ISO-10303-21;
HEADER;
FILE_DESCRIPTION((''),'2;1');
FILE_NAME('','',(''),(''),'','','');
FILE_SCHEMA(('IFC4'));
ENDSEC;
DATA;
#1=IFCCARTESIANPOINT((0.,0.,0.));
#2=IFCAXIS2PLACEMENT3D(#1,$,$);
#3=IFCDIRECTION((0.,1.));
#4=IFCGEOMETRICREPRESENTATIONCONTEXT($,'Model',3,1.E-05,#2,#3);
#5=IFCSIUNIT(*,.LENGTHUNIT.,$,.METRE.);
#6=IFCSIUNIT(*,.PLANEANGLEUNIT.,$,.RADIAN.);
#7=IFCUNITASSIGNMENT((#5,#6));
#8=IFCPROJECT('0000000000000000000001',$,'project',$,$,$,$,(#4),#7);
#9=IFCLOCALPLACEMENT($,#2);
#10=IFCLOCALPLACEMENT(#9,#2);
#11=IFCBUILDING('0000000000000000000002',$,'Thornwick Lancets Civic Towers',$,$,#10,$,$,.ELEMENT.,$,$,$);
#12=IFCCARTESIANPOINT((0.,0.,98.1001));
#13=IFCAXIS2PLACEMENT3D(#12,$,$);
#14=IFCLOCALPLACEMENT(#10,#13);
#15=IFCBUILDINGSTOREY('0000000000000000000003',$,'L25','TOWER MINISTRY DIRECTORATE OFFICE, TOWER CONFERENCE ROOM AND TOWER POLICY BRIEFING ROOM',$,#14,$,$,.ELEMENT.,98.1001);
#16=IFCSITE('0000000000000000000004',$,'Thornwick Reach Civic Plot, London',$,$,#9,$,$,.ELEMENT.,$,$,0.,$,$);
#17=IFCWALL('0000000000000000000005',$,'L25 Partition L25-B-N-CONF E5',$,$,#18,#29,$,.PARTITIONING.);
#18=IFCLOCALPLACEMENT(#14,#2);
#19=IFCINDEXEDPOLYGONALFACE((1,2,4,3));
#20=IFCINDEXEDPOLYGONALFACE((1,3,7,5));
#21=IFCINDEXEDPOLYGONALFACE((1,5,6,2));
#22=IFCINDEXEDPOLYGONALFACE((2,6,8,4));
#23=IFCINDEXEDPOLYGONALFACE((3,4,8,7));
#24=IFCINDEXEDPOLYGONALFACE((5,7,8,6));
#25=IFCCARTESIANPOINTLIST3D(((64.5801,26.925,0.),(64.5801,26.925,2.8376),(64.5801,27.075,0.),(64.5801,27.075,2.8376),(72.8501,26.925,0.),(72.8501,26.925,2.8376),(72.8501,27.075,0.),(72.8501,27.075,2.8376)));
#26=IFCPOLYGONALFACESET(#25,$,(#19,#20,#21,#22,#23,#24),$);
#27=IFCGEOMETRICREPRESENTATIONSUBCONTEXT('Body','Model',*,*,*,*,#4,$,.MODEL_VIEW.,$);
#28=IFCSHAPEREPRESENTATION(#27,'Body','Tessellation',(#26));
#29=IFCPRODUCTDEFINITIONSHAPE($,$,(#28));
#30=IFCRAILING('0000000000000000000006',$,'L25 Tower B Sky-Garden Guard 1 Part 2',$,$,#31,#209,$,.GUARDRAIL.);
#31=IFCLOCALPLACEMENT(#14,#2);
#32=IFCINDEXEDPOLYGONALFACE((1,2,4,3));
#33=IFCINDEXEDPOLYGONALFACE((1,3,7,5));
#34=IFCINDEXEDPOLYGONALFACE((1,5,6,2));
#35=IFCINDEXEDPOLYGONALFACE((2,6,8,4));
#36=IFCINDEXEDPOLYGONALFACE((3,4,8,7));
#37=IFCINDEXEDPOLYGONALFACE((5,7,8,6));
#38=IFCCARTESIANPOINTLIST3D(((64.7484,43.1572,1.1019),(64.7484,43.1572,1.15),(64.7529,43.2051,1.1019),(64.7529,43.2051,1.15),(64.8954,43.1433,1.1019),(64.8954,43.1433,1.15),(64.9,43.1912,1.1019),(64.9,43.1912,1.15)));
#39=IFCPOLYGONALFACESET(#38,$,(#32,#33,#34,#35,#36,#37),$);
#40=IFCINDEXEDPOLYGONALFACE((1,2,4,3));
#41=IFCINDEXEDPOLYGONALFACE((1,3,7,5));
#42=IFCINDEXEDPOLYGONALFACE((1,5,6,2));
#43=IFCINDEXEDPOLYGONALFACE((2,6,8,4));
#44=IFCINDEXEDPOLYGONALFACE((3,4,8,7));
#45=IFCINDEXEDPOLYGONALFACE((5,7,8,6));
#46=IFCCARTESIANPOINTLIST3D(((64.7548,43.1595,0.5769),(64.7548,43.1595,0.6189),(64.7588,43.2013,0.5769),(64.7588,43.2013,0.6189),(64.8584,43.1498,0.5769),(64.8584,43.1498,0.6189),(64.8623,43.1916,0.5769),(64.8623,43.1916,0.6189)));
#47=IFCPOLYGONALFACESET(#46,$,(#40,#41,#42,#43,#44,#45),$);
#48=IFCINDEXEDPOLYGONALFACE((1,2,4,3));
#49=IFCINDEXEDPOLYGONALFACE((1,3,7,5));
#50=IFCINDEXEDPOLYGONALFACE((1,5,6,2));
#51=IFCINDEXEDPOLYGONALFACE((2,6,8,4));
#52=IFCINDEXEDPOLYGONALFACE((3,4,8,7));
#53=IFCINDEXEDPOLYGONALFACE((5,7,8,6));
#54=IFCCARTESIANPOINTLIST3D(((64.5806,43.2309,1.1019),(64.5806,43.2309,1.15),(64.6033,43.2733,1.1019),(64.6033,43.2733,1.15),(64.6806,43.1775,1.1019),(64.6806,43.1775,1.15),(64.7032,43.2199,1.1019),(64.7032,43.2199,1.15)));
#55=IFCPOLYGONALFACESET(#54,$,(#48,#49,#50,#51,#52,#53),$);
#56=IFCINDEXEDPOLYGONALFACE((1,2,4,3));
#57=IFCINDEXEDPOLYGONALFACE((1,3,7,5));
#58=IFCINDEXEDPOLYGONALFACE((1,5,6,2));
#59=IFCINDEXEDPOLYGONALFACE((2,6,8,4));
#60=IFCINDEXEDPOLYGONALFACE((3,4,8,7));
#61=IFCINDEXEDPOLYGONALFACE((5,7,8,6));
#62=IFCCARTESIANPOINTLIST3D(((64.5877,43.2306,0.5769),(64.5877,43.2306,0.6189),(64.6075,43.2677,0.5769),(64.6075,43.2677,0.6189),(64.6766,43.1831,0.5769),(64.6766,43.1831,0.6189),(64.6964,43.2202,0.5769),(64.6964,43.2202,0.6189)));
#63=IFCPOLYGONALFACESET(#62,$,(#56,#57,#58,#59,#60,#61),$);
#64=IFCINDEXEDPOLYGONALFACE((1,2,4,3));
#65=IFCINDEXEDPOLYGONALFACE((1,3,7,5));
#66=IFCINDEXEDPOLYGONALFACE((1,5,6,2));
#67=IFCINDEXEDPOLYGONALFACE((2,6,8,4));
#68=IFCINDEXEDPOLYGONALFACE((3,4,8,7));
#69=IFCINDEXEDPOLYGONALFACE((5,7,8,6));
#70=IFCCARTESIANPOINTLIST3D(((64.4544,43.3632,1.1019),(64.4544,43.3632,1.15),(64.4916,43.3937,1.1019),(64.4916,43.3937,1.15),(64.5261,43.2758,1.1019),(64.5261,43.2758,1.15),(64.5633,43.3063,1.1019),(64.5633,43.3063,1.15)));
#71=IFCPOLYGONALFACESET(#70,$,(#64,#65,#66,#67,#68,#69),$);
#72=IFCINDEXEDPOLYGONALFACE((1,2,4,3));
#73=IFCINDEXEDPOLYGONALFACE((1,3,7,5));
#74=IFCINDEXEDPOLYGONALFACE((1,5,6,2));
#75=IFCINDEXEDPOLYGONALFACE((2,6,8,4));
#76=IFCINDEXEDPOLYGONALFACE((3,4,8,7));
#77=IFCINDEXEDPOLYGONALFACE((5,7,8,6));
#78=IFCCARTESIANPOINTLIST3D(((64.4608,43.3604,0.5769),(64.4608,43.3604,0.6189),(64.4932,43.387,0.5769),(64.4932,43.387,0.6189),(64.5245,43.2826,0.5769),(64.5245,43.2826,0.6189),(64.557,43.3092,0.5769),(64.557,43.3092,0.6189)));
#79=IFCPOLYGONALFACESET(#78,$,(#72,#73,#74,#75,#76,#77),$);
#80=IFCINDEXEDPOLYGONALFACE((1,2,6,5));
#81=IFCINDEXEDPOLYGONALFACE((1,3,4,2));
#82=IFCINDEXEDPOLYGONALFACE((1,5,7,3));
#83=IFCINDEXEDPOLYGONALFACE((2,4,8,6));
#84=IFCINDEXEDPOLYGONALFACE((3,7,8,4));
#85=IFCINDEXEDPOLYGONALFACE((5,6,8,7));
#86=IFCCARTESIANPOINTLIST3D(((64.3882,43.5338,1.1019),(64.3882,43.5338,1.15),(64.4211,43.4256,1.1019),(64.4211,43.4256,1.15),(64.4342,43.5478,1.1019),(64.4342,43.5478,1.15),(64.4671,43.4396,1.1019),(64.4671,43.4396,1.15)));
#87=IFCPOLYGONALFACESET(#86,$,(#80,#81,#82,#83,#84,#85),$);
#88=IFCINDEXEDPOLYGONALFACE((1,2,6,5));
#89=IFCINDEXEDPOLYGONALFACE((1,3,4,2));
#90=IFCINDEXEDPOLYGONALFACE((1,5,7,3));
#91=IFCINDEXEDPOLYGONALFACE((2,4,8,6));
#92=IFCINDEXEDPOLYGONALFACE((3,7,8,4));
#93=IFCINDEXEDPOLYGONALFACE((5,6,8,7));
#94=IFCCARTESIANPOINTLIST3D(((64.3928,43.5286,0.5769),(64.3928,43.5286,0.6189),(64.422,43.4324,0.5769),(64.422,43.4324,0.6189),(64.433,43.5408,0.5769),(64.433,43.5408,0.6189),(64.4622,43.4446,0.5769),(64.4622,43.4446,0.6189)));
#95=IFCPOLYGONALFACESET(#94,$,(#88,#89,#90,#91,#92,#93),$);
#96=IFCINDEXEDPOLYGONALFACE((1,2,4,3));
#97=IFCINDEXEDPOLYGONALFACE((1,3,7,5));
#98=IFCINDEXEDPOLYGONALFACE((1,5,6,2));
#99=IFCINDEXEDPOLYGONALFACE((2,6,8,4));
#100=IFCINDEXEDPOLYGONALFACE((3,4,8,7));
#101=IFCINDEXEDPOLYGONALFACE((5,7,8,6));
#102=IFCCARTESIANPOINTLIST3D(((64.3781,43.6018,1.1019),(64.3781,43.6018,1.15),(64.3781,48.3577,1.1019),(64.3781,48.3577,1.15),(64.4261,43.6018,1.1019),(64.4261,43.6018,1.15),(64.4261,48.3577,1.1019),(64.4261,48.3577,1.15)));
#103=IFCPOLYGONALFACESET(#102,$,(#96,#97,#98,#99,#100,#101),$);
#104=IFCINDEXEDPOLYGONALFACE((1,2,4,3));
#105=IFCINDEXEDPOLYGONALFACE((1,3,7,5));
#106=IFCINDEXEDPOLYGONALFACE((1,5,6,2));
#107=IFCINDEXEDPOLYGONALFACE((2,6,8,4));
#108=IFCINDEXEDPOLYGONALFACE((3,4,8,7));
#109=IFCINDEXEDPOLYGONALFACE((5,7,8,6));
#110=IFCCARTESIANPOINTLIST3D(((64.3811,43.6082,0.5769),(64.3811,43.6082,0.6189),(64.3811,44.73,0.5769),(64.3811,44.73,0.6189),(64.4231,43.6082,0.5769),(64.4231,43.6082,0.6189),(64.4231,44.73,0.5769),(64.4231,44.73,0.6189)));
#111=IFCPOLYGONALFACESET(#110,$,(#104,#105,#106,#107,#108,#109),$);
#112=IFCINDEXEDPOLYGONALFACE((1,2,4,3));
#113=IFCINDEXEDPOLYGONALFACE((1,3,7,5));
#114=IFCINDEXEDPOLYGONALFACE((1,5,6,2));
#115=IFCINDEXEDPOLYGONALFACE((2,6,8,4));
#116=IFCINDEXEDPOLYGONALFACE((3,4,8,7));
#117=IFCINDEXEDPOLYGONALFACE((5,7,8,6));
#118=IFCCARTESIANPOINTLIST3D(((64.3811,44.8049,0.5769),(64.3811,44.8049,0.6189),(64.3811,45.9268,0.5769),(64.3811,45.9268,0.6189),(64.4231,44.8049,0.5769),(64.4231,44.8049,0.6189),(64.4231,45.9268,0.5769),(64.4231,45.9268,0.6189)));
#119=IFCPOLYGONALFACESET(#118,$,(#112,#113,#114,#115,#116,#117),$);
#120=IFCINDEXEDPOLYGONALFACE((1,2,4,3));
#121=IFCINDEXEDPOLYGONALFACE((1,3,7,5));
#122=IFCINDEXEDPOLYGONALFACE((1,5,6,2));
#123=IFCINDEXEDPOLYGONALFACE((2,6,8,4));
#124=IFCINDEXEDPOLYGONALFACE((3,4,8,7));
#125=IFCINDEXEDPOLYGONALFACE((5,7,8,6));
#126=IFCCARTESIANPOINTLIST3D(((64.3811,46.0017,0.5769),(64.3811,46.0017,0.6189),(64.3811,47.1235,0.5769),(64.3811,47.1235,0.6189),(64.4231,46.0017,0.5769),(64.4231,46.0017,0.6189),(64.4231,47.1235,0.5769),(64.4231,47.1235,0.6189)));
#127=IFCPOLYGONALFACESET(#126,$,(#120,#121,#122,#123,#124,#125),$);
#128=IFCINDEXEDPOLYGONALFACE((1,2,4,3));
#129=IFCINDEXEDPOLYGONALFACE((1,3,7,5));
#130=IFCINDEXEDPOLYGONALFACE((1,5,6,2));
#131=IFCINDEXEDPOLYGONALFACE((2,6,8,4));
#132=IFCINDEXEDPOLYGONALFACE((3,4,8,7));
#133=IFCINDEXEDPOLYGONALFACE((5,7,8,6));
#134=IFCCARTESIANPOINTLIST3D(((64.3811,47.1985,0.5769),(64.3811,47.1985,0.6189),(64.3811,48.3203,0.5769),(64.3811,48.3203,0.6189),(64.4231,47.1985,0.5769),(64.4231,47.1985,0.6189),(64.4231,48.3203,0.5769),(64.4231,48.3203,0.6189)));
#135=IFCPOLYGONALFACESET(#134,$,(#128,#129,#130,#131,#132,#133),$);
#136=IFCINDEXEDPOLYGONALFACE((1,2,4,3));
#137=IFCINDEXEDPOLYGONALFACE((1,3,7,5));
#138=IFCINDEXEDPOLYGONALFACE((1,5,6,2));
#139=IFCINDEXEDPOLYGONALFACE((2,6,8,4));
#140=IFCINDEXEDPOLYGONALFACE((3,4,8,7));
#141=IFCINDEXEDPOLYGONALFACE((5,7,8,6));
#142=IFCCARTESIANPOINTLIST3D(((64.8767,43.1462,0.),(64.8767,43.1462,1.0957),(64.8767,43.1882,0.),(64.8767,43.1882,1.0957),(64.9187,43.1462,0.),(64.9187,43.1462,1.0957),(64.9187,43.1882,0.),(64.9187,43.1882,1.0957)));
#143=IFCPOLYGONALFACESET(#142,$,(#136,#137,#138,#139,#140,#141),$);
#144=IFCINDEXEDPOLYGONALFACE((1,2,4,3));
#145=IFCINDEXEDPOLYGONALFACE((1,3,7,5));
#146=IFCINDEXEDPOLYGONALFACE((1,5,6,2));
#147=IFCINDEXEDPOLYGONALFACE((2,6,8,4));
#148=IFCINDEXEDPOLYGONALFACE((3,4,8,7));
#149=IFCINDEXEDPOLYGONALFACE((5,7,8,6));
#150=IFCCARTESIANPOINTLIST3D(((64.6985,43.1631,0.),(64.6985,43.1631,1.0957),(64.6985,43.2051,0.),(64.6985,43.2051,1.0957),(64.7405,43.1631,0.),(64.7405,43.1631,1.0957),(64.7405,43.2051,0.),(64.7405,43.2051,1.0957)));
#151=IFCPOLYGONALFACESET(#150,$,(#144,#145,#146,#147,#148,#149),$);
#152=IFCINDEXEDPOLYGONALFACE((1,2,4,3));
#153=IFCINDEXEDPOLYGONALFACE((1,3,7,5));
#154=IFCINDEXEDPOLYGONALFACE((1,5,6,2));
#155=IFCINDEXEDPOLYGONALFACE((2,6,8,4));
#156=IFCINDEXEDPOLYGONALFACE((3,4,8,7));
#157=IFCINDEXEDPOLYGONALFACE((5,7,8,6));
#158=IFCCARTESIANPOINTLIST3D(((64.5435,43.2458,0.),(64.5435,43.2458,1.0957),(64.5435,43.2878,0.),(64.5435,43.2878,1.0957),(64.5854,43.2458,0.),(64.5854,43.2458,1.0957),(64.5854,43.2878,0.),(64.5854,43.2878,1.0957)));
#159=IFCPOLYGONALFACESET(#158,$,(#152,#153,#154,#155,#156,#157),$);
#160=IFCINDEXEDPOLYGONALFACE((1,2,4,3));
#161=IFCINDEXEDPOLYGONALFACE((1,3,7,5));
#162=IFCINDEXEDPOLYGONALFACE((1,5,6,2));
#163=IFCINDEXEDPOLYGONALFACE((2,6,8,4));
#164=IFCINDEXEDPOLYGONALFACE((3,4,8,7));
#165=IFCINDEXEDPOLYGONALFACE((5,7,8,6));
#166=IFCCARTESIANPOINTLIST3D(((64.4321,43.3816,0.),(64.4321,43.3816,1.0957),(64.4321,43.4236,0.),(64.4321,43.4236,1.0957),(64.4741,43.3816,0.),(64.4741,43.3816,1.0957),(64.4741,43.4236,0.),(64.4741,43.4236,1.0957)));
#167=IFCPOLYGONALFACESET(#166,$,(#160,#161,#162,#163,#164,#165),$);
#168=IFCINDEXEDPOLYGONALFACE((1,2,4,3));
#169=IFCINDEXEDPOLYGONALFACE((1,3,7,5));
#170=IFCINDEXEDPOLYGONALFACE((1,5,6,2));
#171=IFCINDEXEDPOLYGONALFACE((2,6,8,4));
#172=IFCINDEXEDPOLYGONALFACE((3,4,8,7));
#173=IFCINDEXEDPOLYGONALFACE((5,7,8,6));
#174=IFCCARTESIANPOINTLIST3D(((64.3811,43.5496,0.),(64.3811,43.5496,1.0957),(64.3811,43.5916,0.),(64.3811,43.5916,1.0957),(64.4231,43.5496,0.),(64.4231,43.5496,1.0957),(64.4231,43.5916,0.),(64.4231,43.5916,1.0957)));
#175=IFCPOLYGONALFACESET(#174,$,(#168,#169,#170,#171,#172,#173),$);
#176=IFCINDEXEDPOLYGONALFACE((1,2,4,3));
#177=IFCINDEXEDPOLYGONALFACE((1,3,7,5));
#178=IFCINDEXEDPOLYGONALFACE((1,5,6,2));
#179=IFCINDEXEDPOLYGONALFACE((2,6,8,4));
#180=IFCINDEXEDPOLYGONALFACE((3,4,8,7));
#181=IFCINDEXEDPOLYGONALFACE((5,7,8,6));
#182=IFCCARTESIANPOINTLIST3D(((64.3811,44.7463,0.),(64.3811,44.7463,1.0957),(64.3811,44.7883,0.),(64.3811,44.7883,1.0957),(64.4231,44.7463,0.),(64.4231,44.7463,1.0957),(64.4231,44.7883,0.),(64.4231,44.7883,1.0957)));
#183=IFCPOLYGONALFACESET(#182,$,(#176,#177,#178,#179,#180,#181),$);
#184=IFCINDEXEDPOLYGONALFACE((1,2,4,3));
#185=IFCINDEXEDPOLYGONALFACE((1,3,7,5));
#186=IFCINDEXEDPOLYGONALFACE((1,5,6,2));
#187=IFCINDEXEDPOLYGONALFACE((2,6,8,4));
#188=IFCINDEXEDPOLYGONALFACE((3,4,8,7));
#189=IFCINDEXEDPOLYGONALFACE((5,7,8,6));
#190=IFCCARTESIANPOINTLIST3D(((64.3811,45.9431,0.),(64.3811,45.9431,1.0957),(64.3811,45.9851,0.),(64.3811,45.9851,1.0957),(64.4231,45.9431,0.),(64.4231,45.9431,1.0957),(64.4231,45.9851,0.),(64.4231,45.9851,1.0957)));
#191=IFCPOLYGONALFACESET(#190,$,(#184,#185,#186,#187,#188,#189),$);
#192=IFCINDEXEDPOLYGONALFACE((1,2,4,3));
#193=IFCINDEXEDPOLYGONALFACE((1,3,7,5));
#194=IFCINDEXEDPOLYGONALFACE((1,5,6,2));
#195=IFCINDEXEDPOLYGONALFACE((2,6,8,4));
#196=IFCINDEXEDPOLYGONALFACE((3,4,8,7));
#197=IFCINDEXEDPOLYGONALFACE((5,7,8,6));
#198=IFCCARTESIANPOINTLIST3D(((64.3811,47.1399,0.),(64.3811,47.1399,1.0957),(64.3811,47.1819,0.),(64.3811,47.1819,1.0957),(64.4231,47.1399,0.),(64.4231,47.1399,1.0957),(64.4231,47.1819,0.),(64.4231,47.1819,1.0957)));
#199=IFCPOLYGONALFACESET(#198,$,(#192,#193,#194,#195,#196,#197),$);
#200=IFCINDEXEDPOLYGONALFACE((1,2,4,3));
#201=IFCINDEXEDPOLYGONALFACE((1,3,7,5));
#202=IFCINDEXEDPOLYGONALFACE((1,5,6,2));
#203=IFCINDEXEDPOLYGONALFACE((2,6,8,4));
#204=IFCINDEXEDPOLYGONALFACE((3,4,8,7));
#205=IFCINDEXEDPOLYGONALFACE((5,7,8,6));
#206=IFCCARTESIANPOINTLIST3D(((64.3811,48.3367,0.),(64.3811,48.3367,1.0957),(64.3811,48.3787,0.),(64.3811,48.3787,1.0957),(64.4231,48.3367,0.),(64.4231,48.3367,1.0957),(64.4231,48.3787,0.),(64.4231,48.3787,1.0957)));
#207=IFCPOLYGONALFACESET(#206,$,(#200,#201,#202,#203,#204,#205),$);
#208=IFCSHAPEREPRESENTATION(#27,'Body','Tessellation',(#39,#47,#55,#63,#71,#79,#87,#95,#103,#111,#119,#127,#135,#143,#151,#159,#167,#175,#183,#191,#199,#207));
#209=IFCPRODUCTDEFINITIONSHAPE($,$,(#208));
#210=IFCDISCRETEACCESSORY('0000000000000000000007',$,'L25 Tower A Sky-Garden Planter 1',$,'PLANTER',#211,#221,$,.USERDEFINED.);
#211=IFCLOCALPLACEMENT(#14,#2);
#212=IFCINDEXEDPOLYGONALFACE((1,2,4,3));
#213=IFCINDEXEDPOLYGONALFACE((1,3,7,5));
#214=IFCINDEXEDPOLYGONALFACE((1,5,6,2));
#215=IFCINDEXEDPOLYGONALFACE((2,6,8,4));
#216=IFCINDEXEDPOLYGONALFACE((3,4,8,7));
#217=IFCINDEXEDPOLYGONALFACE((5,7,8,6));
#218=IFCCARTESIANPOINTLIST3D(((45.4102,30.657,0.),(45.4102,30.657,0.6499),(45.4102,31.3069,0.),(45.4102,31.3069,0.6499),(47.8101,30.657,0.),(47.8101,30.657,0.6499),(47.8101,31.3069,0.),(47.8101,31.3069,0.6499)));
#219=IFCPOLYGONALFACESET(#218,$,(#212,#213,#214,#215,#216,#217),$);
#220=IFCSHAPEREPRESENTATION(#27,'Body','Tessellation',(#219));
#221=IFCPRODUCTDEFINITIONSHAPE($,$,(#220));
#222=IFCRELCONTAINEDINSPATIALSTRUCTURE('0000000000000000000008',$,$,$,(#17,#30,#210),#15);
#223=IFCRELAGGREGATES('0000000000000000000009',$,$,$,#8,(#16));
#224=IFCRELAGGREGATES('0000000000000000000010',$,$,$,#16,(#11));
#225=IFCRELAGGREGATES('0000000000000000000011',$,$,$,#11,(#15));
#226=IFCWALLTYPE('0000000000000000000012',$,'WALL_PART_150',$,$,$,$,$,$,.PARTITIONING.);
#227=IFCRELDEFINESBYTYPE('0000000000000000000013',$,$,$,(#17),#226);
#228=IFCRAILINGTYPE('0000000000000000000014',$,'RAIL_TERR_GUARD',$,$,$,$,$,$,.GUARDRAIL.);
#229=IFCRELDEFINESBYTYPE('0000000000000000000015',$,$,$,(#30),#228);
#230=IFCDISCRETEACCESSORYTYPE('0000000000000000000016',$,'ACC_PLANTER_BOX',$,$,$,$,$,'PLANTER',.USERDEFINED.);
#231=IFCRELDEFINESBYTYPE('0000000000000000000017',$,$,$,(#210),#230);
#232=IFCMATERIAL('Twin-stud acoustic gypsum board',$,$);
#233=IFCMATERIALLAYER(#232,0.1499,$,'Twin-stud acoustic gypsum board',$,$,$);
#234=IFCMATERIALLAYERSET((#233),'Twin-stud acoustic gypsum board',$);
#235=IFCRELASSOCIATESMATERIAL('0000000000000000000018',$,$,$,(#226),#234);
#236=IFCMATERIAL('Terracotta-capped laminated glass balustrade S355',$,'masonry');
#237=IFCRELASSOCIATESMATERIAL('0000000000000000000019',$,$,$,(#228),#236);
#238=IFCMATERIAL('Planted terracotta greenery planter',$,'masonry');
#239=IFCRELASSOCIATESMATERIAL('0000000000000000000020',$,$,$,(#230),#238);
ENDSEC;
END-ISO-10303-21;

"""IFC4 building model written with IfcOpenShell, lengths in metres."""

from ifc_helpers import new_model, si_unit, direction, frame, frame_2d, origin, origin_2d, place, context, subcontext, project, spatial, rectangle, extrude, material, layer, layer_set, type_object, element, save


model = new_model("IFC4")

# Units and contexts
model_context = context("Model", 3, precision=1e-05, world=origin(), true_north=direction((0.0, 1.0)))
body_context = subcontext(model_context, "Body", "Model", "MODEL_VIEW")
ifc_project = project(units=[si_unit("LENGTHUNIT", "METRE"), si_unit("PLANEANGLEUNIT", "RADIAN")], contexts=[model_context])

# Site, building, storey
site_placement = place(None, origin())
site = spatial("IfcSite", under=ifc_project, at=site_placement, Name="Thornwick Reach Civic Plot, London", CompositionType="ELEMENT", RefElevation=0.0)
building_placement = place(site_placement, origin())
building = spatial("IfcBuilding", under=site, at=building_placement, Name="Thornwick Lancets Civic Towers", CompositionType="ELEMENT")
storey_placement = place(building_placement, frame((0.0, 0.0, 98.1001)))
storey = spatial("IfcBuildingStorey", under=building, at=storey_placement, Name="L25", Description="TOWER MINISTRY DIRECTORATE OFFICE, TOWER CONFERENCE ROOM AND TOWER POLICY BRIEFING ROOM", CompositionType="ELEMENT", Elevation=98.1001)

# Wall
ifc_material_1 = material(Name="Twin-stud acoustic gypsum board")
ifc_layer_1 = layer(ifc_material_1, 0.1499, Name="Twin-stud acoustic gypsum board")
ifc_layer_set_1 = layer_set([ifc_layer_1], Name="Twin-stud acoustic gypsum board")
wall_type_1 = type_object("IfcWallType", Name="WALL_PART_150", PredefinedType="PARTITIONING", material=ifc_layer_set_1)
wall_1_placement = place(storey_placement, frame((64.5801, 27.0, 0.0), z_axis=(0.0, 0.0, 1.0), x_axis=(1.0, 0.0, 0.0)))
element("IfcWall", 1, at=wall_1_placement, inside=storey, type_object=wall_type_1, Name="L25 Partition L25-B-N-CONF E5", PredefinedType="PARTITIONING", context=body_context, shape_type="SweptSolid", body=[
    extrude(rectangle(XDim=8.27, YDim=0.1499, at=frame_2d((4.135, 0.0))), origin(), (0.0, 0.0, 1.0), 2.8376),
])

# Railing
ifc_material_2 = material(Name="Terracotta-capped laminated glass balustrade S355", Category="masonry")
railing_type = type_object("IfcRailingType", Name="RAIL_TERR_GUARD", PredefinedType="GUARDRAIL", material=ifc_material_2)
railing_1_placement = place(storey_placement, frame((64.8977, 43.1672, 0.0)))
element("IfcRailing", 2, at=railing_1_placement, inside=storey, type_object=railing_type, Name="L25 Tower B Sky-Garden Guard 1 Part 2", PredefinedType="GUARDRAIL", context=body_context, shape_type="SweptSolid", body=[
    extrude(rectangle(XDim=0.0481, YDim=0.0481, at=origin_2d()), frame((0.0, 0.0, 1.126), z_axis=(-0.995563, 0.094101, 0.0), x_axis=(-0.094101, -0.995563, 0.0)), (0.0, 0.0, 1.0), 0.1477),
    extrude(rectangle(XDim=0.042, YDim=0.042, at=origin_2d()), frame((-0.0374, 0.0034, 0.5979), z_axis=(-0.995563, 0.094101, 0.0), x_axis=(-0.094101, -0.995563, 0.0)), (0.0, 0.0, 1.0), 0.104),
    extrude(rectangle(XDim=0.0481, YDim=0.0481, at=origin_2d()), frame((-0.2058, 0.0315, 1.126), z_axis=(-0.882161, 0.470949, 0.0), x_axis=(-0.470949, -0.882161, 0.0)), (0.0, 0.0, 1.0), 0.1133),
    extrude(rectangle(XDim=0.042, YDim=0.042, at=origin_2d()), frame((-0.2112, 0.0344, 0.5979), z_axis=(-0.882161, 0.470949, 0.0), x_axis=(-0.470949, -0.882161, 0.0)), (0.0, 0.0, 1.0), 0.1008),
    extrude(rectangle(XDim=0.0481, YDim=0.0481, at=origin_2d()), frame((-0.353, 0.1238, 1.126), z_axis=(-0.634146, 0.773213, 0.0), x_axis=(-0.773213, -0.634146, 0.0)), (0.0, 0.0, 1.0), 0.113),
    extrude(rectangle(XDim=0.042, YDim=0.042, at=origin_2d()), frame((-0.3569, 0.1287, 0.5979), z_axis=(-0.634146, 0.773213, 0.0), x_axis=(-0.773213, -0.634146, 0.0)), (0.0, 0.0, 1.0), 0.1006),
    extrude(rectangle(XDim=0.0481, YDim=0.0481, at=origin_2d()), frame((-0.4536, 0.2654, 1.126), z_axis=(-0.290664, 0.956825, 0.0), x_axis=(-0.956825, -0.290664, 0.0)), (0.0, 0.0, 1.0), 0.113),
    extrude(rectangle(XDim=0.042, YDim=0.042, at=origin_2d()), frame((-0.4556, 0.2712, 0.5979), z_axis=(-0.290664, 0.956825, 0.0), x_axis=(-0.956825, -0.290664, 0.0)), (0.0, 0.0, 1.0), 0.1006),
    extrude(rectangle(XDim=0.0481, YDim=0.0481, at=origin_2d()), frame((-0.4956, 0.4346, 1.126), z_axis=(0.0, 1.0, 0.0), x_axis=(-1.0, 0.0, 0.0)), (0.0, 0.0, 1.0), 4.7559),
    extrude(rectangle(XDim=0.042, YDim=0.042, at=origin_2d()), frame((-0.4956, 0.4409, 0.5979), z_axis=(0.0, 1.0, 0.0), x_axis=(-1.0, 0.0, 0.0)), (0.0, 0.0, 1.0), 1.1218),
    extrude(rectangle(XDim=0.042, YDim=0.042, at=origin_2d()), frame((-0.4956, 1.6377, 0.5979), z_axis=(0.0, 1.0, 0.0), x_axis=(-1.0, 0.0, 0.0)), (0.0, 0.0, 1.0), 1.1218),
    extrude(rectangle(XDim=0.042, YDim=0.042, at=origin_2d()), frame((-0.4956, 2.8345, 0.5979), z_axis=(0.0, 1.0, 0.0), x_axis=(-1.0, 0.0, 0.0)), (0.0, 0.0, 1.0), 1.1218),
    extrude(rectangle(XDim=0.042, YDim=0.042, at=origin_2d()), frame((-0.4956, 4.0312, 0.5979), z_axis=(0.0, 1.0, 0.0), x_axis=(-1.0, 0.0, 0.0)), (0.0, 0.0, 1.0), 1.1218),
    extrude(rectangle(XDim=0.042, YDim=0.042, at=origin_2d()), origin(), (0.0, 0.0, 1.0), 1.0957),
    extrude(rectangle(XDim=0.042, YDim=0.042, at=origin_2d()), frame((-0.1782, 0.0168, 0.0)), (0.0, 0.0, 1.0), 1.0957),
    extrude(rectangle(XDim=0.042, YDim=0.042, at=origin_2d()), frame((-0.3333, 0.0996, 0.0)), (0.0, 0.0, 1.0), 1.0957),
    extrude(rectangle(XDim=0.042, YDim=0.042, at=origin_2d()), frame((-0.4446, 0.2354, 0.0)), (0.0, 0.0, 1.0), 1.0957),
    extrude(rectangle(XDim=0.042, YDim=0.042, at=origin_2d()), frame((-0.4956, 0.4033, 0.0)), (0.0, 0.0, 1.0), 1.0957),
    extrude(rectangle(XDim=0.042, YDim=0.042, at=origin_2d()), frame((-0.4956, 1.6001, 0.0)), (0.0, 0.0, 1.0), 1.0957),
    extrude(rectangle(XDim=0.042, YDim=0.042, at=origin_2d()), frame((-0.4956, 2.7969, 0.0)), (0.0, 0.0, 1.0), 1.0957),
    extrude(rectangle(XDim=0.042, YDim=0.042, at=origin_2d()), frame((-0.4956, 3.9937, 0.0)), (0.0, 0.0, 1.0), 1.0957),
    extrude(rectangle(XDim=0.042, YDim=0.042, at=origin_2d()), frame((-0.4956, 5.1904, 0.0)), (0.0, 0.0, 1.0), 1.0957),
])

# Discrete accessory
ifc_material_3 = material(Name="Planted terracotta greenery planter", Category="masonry")
discrete_accessory_type = type_object("IfcDiscreteAccessoryType", Name="ACC_PLANTER_BOX", ElementType="PLANTER", PredefinedType="USERDEFINED", material=ifc_material_3)
discrete_accessory_placement = place(storey_placement, frame((46.6101, 30.9819, 0.0), z_axis=(0.0, 0.0, 1.0), x_axis=(1.0, 0.0, 0.0)))
element("IfcDiscreteAccessory", 3, at=discrete_accessory_placement, inside=storey, type_object=discrete_accessory_type, Name="L25 Tower A Sky-Garden Planter 1", ObjectType="PLANTER", PredefinedType="USERDEFINED", context=body_context, shape_type="SweptSolid", body=[
    extrude(rectangle(XDim=2.3999, YDim=0.6499, at=origin_2d()), origin(), (0.0, 0.0, 1.0), 0.6499),
])

save(model, "model.ifc")
